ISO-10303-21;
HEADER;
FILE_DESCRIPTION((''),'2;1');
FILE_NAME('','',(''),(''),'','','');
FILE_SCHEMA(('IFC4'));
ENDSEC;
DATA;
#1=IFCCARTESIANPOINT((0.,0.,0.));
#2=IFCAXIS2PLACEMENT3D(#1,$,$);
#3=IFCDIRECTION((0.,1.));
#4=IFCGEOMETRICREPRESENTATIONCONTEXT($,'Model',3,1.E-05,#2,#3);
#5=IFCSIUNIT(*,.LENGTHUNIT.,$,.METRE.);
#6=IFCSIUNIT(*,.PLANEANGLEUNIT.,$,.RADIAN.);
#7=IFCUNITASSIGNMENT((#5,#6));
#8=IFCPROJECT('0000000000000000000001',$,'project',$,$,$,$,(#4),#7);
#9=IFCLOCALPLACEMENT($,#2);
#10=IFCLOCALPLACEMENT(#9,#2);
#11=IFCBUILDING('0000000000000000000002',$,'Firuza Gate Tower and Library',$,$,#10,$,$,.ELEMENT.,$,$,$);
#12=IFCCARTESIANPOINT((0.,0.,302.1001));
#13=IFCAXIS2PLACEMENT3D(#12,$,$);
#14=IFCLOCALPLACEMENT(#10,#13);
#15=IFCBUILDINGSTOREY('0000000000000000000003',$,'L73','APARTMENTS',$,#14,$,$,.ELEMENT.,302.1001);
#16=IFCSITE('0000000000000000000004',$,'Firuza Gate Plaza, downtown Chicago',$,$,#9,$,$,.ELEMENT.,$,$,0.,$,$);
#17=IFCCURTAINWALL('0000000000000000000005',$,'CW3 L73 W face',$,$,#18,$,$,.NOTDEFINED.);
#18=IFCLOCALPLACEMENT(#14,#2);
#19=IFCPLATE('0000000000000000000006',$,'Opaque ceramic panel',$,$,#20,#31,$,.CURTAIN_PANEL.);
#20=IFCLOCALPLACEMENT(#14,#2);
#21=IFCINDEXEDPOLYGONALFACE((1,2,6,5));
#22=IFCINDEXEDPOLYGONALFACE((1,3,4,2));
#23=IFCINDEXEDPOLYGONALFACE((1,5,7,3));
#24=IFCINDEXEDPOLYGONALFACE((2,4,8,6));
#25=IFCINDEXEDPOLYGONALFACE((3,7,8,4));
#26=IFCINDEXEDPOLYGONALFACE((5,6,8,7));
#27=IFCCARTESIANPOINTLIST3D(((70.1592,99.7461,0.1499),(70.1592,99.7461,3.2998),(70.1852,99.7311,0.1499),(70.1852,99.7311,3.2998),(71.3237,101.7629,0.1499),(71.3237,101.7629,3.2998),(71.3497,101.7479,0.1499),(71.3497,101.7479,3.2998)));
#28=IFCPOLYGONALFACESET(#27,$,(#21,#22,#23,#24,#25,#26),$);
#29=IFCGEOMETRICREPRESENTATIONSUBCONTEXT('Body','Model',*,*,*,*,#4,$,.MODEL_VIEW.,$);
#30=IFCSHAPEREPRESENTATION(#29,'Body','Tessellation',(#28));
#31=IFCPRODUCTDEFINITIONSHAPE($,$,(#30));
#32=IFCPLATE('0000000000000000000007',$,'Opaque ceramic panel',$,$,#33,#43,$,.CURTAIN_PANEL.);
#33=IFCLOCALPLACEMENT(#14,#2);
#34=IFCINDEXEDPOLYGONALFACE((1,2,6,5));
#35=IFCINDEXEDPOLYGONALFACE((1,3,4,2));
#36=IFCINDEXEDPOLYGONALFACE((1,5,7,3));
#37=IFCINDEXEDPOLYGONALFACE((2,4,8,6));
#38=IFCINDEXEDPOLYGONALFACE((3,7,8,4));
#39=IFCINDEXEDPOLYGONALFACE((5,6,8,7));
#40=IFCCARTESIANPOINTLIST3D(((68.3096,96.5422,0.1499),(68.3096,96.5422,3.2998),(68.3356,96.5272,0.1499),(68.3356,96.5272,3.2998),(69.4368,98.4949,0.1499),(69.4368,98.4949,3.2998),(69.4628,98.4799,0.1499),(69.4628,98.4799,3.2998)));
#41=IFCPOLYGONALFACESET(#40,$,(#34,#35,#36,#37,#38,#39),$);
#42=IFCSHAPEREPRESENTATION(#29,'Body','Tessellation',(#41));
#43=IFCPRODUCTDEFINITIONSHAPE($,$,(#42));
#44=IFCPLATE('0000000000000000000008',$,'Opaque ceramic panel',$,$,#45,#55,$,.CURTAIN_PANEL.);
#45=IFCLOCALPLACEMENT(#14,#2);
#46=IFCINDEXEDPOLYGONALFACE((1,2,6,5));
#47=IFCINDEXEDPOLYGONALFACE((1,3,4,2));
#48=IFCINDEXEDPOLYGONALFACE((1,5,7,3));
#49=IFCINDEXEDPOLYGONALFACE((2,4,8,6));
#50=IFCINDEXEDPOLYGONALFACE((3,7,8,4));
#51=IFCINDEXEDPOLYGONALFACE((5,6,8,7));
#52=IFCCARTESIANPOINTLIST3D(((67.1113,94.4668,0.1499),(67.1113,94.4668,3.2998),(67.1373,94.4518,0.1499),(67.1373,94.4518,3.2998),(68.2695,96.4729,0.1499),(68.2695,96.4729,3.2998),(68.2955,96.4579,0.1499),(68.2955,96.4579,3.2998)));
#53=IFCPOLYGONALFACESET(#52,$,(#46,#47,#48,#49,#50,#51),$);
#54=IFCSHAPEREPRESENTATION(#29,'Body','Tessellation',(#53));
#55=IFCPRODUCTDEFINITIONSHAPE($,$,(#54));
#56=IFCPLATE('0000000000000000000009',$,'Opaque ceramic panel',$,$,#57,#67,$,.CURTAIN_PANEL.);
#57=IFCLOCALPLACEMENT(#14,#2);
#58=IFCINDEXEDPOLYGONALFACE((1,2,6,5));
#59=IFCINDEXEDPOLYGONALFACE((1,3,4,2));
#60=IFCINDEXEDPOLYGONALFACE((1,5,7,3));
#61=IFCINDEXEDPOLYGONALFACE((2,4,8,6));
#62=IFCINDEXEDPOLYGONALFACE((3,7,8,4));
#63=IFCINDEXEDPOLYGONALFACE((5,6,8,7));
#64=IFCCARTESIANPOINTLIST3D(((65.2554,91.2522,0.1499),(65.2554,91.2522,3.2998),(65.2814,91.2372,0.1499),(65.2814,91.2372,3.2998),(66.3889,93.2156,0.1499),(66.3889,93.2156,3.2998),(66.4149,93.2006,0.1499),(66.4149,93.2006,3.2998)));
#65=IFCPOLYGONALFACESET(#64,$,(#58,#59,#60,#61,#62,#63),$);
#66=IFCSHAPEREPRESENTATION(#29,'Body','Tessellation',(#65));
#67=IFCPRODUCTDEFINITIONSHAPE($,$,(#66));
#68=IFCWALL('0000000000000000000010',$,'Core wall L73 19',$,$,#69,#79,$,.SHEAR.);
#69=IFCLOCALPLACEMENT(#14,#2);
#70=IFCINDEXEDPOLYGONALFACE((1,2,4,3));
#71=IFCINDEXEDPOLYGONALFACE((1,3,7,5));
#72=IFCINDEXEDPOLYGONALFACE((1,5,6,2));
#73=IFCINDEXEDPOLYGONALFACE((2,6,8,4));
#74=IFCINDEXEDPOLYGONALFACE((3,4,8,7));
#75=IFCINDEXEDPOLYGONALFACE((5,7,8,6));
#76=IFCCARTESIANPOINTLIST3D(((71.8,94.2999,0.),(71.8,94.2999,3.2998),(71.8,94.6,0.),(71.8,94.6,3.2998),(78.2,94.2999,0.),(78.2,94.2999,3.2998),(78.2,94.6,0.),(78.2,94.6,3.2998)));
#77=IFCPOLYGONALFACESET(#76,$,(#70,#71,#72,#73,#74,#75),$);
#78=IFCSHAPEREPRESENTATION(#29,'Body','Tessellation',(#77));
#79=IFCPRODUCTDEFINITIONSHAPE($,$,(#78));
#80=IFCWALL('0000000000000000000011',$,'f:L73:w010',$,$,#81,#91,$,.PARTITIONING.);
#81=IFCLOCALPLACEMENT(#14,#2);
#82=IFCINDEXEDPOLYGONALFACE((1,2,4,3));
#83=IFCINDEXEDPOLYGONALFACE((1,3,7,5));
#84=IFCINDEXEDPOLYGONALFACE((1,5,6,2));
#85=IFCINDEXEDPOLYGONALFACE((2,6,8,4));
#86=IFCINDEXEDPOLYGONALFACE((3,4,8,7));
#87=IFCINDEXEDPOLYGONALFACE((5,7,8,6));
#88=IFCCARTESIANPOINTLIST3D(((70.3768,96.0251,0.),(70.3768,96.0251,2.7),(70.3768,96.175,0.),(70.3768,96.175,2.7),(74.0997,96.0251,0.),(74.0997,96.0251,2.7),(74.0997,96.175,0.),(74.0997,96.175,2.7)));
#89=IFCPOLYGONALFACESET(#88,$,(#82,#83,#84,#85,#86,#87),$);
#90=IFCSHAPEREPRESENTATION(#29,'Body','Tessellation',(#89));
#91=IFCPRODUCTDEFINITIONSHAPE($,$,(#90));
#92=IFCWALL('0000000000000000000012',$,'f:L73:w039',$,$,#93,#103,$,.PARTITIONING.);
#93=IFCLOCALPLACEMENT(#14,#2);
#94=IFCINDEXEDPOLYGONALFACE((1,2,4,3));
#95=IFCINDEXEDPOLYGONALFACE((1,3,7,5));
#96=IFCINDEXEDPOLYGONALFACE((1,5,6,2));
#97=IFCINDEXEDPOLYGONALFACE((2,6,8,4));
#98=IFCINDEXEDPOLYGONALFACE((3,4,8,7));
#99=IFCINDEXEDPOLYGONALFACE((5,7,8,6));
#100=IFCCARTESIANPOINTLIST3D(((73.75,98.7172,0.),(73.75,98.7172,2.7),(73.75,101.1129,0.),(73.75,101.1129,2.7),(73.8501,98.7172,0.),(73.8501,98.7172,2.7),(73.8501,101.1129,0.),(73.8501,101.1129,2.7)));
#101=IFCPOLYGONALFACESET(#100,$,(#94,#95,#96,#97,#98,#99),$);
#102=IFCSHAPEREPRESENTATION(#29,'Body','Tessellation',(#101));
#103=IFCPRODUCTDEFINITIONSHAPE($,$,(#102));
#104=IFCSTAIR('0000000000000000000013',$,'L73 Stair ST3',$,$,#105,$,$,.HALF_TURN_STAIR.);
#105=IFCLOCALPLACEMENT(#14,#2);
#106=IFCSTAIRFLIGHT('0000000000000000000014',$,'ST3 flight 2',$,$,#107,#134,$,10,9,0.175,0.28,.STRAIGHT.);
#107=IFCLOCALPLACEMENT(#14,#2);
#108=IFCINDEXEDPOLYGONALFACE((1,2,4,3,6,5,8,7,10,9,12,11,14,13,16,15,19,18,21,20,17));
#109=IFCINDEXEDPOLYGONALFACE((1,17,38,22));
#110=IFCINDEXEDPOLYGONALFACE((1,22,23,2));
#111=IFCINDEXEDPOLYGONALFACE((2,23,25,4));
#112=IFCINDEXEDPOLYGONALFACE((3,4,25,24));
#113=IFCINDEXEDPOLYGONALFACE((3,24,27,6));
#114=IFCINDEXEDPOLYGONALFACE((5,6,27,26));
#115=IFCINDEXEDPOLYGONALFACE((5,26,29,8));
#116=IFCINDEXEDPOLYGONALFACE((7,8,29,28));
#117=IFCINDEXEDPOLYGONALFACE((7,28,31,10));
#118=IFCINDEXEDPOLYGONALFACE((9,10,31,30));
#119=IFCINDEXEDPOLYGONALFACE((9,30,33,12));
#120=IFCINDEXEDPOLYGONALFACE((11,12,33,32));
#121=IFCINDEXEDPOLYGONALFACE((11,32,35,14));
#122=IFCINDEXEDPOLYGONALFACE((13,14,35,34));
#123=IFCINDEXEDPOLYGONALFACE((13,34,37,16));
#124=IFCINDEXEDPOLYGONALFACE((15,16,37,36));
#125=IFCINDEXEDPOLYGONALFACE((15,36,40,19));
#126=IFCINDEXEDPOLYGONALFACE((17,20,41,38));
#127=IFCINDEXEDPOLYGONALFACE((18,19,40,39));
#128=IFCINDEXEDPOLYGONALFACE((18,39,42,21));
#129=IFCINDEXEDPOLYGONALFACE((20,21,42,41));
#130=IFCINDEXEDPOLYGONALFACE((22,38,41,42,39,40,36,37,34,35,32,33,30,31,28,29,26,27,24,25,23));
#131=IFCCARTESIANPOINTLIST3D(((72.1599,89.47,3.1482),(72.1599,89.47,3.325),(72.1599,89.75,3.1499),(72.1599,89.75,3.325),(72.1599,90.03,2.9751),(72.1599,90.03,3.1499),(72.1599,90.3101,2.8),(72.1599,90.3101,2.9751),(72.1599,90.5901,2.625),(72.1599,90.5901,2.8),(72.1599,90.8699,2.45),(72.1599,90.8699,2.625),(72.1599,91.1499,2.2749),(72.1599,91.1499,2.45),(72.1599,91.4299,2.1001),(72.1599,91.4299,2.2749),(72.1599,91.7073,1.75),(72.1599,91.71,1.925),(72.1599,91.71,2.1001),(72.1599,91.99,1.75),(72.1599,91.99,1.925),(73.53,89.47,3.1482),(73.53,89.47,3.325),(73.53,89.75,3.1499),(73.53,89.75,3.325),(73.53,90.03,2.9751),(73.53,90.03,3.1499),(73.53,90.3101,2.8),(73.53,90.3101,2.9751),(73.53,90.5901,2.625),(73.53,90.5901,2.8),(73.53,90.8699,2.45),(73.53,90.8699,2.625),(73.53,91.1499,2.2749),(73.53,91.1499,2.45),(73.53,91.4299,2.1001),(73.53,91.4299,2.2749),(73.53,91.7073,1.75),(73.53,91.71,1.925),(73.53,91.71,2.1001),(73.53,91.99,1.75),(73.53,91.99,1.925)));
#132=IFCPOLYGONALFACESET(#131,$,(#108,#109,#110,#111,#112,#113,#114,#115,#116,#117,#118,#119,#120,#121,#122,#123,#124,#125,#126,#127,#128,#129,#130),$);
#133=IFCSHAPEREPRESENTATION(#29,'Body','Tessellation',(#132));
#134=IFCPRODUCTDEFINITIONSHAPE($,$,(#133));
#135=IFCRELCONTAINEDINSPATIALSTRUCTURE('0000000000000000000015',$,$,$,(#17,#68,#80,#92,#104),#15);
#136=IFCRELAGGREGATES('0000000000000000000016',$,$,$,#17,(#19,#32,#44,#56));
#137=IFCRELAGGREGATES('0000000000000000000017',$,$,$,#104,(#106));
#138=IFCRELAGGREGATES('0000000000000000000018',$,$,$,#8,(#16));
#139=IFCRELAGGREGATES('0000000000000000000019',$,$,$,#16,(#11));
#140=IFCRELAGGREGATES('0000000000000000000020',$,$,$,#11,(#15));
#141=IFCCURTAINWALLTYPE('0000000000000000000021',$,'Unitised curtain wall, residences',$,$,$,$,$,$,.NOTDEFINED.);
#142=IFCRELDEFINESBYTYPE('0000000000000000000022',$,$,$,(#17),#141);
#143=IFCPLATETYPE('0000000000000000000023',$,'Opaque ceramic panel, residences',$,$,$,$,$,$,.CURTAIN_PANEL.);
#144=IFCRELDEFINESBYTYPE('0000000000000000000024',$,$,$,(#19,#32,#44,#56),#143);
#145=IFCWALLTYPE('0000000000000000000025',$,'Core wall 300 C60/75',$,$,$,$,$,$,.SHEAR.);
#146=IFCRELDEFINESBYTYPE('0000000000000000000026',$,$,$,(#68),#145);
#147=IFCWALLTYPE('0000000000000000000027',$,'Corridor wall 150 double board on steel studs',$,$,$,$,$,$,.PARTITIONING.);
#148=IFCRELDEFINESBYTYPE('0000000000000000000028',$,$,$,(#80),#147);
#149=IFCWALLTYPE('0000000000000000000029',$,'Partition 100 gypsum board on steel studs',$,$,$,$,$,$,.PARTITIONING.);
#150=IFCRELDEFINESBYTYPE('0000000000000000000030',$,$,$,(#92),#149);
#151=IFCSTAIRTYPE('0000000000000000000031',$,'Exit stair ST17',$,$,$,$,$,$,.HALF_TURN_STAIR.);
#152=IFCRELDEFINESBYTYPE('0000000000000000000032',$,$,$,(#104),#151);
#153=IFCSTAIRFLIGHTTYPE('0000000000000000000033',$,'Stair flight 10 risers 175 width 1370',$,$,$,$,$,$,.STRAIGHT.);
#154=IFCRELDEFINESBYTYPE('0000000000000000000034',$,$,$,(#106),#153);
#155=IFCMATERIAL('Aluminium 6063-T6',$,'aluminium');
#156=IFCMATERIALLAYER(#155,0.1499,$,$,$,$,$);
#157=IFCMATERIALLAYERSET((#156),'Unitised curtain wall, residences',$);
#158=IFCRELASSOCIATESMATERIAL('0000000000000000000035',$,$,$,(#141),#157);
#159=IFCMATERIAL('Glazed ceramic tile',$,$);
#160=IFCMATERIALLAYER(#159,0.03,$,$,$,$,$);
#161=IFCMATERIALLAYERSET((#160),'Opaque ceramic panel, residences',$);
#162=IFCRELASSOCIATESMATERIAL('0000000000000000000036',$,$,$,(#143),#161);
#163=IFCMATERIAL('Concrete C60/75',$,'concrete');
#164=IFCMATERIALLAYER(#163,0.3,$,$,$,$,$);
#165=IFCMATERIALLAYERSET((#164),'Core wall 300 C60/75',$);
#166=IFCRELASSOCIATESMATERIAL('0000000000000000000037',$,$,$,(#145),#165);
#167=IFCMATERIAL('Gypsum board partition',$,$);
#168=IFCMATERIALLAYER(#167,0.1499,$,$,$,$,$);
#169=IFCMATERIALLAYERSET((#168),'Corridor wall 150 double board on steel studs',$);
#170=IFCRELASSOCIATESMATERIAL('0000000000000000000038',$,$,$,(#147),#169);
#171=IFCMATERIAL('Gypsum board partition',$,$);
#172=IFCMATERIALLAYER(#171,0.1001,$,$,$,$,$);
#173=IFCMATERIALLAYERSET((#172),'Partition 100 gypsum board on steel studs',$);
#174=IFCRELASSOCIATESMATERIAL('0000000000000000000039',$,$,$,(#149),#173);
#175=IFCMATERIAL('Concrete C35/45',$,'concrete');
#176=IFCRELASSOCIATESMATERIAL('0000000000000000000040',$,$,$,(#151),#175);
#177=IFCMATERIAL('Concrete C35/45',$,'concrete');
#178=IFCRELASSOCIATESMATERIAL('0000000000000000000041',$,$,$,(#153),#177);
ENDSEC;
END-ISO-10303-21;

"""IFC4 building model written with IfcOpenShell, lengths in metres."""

from ifc_helpers import new_model, si_unit, direction, frame, frame_2d, origin, place, context, subcontext, project, spatial, polyline, rectangle, outline, extrude, material, layer, layer_set, type_object, element, aggregate, save


model = new_model("IFC4")

# Units and contexts
model_context = context("Model", 3, precision=1e-05, world=origin(), true_north=direction((0.0, 1.0)))
body_context = subcontext(model_context, "Body", "Model", "MODEL_VIEW")
ifc_project = project(units=[si_unit("LENGTHUNIT", "METRE"), si_unit("PLANEANGLEUNIT", "RADIAN")], contexts=[model_context])

# Site, building, storey
site_placement = place(None, origin())
site = spatial("IfcSite", under=ifc_project, at=site_placement, Name="Firuza Gate Plaza, downtown Chicago", CompositionType="ELEMENT", RefElevation=0.0)
building_placement = place(site_placement, origin())
building = spatial("IfcBuilding", under=site, at=building_placement, Name="Firuza Gate Tower and Library", CompositionType="ELEMENT")
storey_placement = place(building_placement, frame((0.0, 0.0, 302.1001)))
storey = spatial("IfcBuildingStorey", under=building, at=storey_placement, Name="L73", Description="APARTMENTS", CompositionType="ELEMENT", Elevation=302.1001)

# Curtain wall
ifc_material_1 = material(Name="Aluminium 6063-T6", Category="aluminium")
ifc_layer_1 = layer(ifc_material_1, 0.1499)
ifc_layer_set_1 = layer_set([ifc_layer_1], Name="Unitised curtain wall, residences")
curtain_wall_type = type_object("IfcCurtainWallType", Name="Unitised curtain wall, residences", PredefinedType="NOTDEFINED", material=ifc_layer_set_1)
placement = place(storey_placement, origin())
curtain_wall = element("IfcCurtainWall", 1, at=placement, inside=storey, type_object=curtain_wall_type, Name="CW3 L73 W face", PredefinedType="NOTDEFINED")

# Plates
ifc_material_2 = material(Name="Glazed ceramic tile")
ifc_layer_2 = layer(ifc_material_2, 0.03)
ifc_layer_set_2 = layer_set([ifc_layer_2], Name="Opaque ceramic panel, residences")
plate_type_1 = type_object("IfcPlateType", Name="Opaque ceramic panel, residences", PredefinedType="CURTAIN_PANEL", material=ifc_layer_set_2)
plate_1_placement = place(storey_placement, frame((71.3237, 101.7629, 0.1499), z_axis=(-0.866002, 0.50004, 0.0), x_axis=(-0.50004, -0.866002, 0.0)))
plate_1 = element("IfcPlate", 2, at=plate_1_placement, type_object=plate_type_1, Name="Opaque ceramic panel", PredefinedType="CURTAIN_PANEL", context=body_context, shape_type="SweptSolid", body=[
    extrude(outline(polyline([(0.0, 0.0), (2.3289, 0.0), (2.3289, 3.1499), (0.0, 3.1499), (0.0, 0.0)])), origin(), (0.0, 0.0, -1.0), 0.03),
])
plate_2_placement = place(storey_placement, frame((69.4368, 98.4949, 0.1499), z_axis=(-0.866056, 0.499947, 0.0), x_axis=(-0.499947, -0.866056, 0.0)))
plate_2 = element("IfcPlate", 3, at=plate_2_placement, type_object=plate_type_1, Name="Opaque ceramic panel", PredefinedType="CURTAIN_PANEL", context=body_context, shape_type="SweptSolid", body=[
    extrude(outline(polyline([(0.0, 0.0), (2.2546, 0.0), (2.2546, 3.1499), (0.0, 3.1499), (0.0, 0.0)])), origin(), (0.0, 0.0, -1.0), 0.03),
])
plate_3_placement = place(storey_placement, frame((68.2695, 96.4729, 0.1499), z_axis=(-0.866029, 0.499993, 0.0), x_axis=(-0.499993, -0.866029, 0.0)))
plate_3 = element("IfcPlate", 4, at=plate_3_placement, type_object=plate_type_1, Name="Opaque ceramic panel", PredefinedType="CURTAIN_PANEL", context=body_context, shape_type="SweptSolid", body=[
    extrude(outline(polyline([(0.0, 0.0), (2.3164, 0.0), (2.3164, 3.1499), (0.0, 3.1499), (0.0, 0.0)])), origin(), (0.0, 0.0, -1.0), 0.03),
])
plate_4_placement = place(storey_placement, frame((66.3889, 93.2156, 0.1499), z_axis=(-0.866028, 0.499996, 0.0), x_axis=(-0.499996, -0.866028, 0.0)))
plate_4 = element("IfcPlate", 5, at=plate_4_placement, type_object=plate_type_1, Name="Opaque ceramic panel", PredefinedType="CURTAIN_PANEL", context=body_context, shape_type="SweptSolid", body=[
    extrude(outline(polyline([(0.0, 0.0), (2.2671, 0.0), (2.2671, 3.1499), (0.0, 3.1499), (0.0, 0.0)])), origin(), (0.0, 0.0, -1.0), 0.03),
])
aggregate(curtain_wall, [plate_1, plate_2, plate_3, plate_4])

# Walls
ifc_material_3 = material(Name="Concrete C60/75", Category="concrete")
ifc_layer_3 = layer(ifc_material_3, 0.3)
ifc_layer_set_3 = layer_set([ifc_layer_3], Name="Core wall 300 C60/75")
wall_type_1 = type_object("IfcWallType", Name="Core wall 300 C60/75", PredefinedType="SHEAR", material=ifc_layer_set_3)
wall_1_placement = place(storey_placement, frame((71.8, 94.45, 0.0), z_axis=(0.0, 0.0, 1.0), x_axis=(1.0, 0.0, 0.0)))
element("IfcWall", 6, at=wall_1_placement, inside=storey, type_object=wall_type_1, Name="Core wall L73 19", PredefinedType="SHEAR", context=body_context, shape_type="SweptSolid", body=[
    extrude(rectangle(XDim=6.3999, YDim=0.3, at=frame_2d((3.2, 0.0))), origin(), (0.0, 0.0, 1.0), 3.2998),
])
ifc_material_4 = material(Name="Gypsum board partition")
ifc_layer_4 = layer(ifc_material_4, 0.1499)
ifc_layer_set_4 = layer_set([ifc_layer_4], Name="Corridor wall 150 double board on steel studs")
wall_type_2 = type_object("IfcWallType", Name="Corridor wall 150 double board on steel studs", PredefinedType="PARTITIONING", material=ifc_layer_set_4)
wall_2_placement = place(storey_placement, frame((70.377, 96.1001, 0.0), z_axis=(0.0, 0.0, 1.0), x_axis=(1.0, 0.0, 0.0)))
element("IfcWall", 7, at=wall_2_placement, inside=storey, type_object=wall_type_2, Name="f:L73:w010", PredefinedType="PARTITIONING", context=body_context, shape_type="SweptSolid", body=[
    extrude(rectangle(XDim=3.7229, YDim=0.1499, at=frame_2d((1.8613, 0.0))), origin(), (0.0, 0.0, 1.0), 2.7),
])
ifc_material_5 = material(Name="Gypsum board partition")
ifc_layer_5 = layer(ifc_material_5, 0.1001)
ifc_layer_set_5 = layer_set([ifc_layer_5], Name="Partition 100 gypsum board on steel studs")
wall_type_3 = type_object("IfcWallType", Name="Partition 100 gypsum board on steel studs", PredefinedType="PARTITIONING", material=ifc_layer_set_5)
wall_3_placement = place(storey_placement, frame((73.8, 98.7173, 0.0), z_axis=(0.0, 0.0, 1.0), x_axis=(0.0, 1.0, 0.0)))
element("IfcWall", 8, at=wall_3_placement, inside=storey, type_object=wall_type_3, Name="f:L73:w039", PredefinedType="PARTITIONING", context=body_context, shape_type="SweptSolid", body=[
    extrude(rectangle(XDim=2.3958, YDim=0.1001, at=frame_2d((1.1978, 0.0))), origin(), (0.0, 0.0, 1.0), 2.7),
])

# Stair, stair flight
ifc_material_6 = material(Name="Concrete C35/45", Category="concrete")
stair_type = type_object("IfcStairType", Name="Exit stair ST17", PredefinedType="HALF_TURN_STAIR", material=ifc_material_6)
stair = element("IfcStair", 9, at=placement, inside=storey, type_object=stair_type, Name="L73 Stair ST3", PredefinedType="HALF_TURN_STAIR")
ifc_material_7 = material(Name="Concrete C35/45", Category="concrete")
stair_flight_type = type_object("IfcStairFlightType", Name="Stair flight 10 risers 175 width 1370", PredefinedType="STRAIGHT", material=ifc_material_7)
stair_flight_placement = place(storey_placement, frame((72.845, 91.99, 1.75), z_axis=(0.0, 0.0, 1.0), x_axis=(0.0, -1.0, 0.0)))
stair_flight = element("IfcStairFlight", 10, at=stair_flight_placement, type_object=stair_flight_type, Name="ST3 flight 2", NumberOfRisers=10, NumberOfTreads=9, PredefinedType="STRAIGHT", RiserHeight=0.175, TreadLength=0.28, context=body_context, shape_type="SweptSolid", body=[
    extrude(outline(polyline([(0.0, 0.0), (0.0, 0.175), (0.28, 0.175), (0.28, 0.3501), (0.5601, 0.3501), (0.5601, 0.5249), (0.8401, 0.5249), (0.8401, 0.7), (1.1201, 0.7), (1.1201, 0.875), (1.3999, 0.875), (1.3999, 1.05), (1.6799, 1.05), (1.6799, 1.2251), (1.96, 1.2251), (1.96, 1.3999), (2.24, 1.3999), (2.24, 1.575), (2.52, 1.575), (2.52, 1.75), (2.52, 1.3982), (0.2827, 0.0), (0.0, 0.0)])), frame((0.0, 0.6851, 0.0), z_axis=(0.0, -1.0, 0.0), x_axis=(1.0, 0.0, 0.0)), (0.0, 0.0, 1.0), 1.3701),
])
aggregate(stair, [stair_flight])

save(model, "model.ifc")
